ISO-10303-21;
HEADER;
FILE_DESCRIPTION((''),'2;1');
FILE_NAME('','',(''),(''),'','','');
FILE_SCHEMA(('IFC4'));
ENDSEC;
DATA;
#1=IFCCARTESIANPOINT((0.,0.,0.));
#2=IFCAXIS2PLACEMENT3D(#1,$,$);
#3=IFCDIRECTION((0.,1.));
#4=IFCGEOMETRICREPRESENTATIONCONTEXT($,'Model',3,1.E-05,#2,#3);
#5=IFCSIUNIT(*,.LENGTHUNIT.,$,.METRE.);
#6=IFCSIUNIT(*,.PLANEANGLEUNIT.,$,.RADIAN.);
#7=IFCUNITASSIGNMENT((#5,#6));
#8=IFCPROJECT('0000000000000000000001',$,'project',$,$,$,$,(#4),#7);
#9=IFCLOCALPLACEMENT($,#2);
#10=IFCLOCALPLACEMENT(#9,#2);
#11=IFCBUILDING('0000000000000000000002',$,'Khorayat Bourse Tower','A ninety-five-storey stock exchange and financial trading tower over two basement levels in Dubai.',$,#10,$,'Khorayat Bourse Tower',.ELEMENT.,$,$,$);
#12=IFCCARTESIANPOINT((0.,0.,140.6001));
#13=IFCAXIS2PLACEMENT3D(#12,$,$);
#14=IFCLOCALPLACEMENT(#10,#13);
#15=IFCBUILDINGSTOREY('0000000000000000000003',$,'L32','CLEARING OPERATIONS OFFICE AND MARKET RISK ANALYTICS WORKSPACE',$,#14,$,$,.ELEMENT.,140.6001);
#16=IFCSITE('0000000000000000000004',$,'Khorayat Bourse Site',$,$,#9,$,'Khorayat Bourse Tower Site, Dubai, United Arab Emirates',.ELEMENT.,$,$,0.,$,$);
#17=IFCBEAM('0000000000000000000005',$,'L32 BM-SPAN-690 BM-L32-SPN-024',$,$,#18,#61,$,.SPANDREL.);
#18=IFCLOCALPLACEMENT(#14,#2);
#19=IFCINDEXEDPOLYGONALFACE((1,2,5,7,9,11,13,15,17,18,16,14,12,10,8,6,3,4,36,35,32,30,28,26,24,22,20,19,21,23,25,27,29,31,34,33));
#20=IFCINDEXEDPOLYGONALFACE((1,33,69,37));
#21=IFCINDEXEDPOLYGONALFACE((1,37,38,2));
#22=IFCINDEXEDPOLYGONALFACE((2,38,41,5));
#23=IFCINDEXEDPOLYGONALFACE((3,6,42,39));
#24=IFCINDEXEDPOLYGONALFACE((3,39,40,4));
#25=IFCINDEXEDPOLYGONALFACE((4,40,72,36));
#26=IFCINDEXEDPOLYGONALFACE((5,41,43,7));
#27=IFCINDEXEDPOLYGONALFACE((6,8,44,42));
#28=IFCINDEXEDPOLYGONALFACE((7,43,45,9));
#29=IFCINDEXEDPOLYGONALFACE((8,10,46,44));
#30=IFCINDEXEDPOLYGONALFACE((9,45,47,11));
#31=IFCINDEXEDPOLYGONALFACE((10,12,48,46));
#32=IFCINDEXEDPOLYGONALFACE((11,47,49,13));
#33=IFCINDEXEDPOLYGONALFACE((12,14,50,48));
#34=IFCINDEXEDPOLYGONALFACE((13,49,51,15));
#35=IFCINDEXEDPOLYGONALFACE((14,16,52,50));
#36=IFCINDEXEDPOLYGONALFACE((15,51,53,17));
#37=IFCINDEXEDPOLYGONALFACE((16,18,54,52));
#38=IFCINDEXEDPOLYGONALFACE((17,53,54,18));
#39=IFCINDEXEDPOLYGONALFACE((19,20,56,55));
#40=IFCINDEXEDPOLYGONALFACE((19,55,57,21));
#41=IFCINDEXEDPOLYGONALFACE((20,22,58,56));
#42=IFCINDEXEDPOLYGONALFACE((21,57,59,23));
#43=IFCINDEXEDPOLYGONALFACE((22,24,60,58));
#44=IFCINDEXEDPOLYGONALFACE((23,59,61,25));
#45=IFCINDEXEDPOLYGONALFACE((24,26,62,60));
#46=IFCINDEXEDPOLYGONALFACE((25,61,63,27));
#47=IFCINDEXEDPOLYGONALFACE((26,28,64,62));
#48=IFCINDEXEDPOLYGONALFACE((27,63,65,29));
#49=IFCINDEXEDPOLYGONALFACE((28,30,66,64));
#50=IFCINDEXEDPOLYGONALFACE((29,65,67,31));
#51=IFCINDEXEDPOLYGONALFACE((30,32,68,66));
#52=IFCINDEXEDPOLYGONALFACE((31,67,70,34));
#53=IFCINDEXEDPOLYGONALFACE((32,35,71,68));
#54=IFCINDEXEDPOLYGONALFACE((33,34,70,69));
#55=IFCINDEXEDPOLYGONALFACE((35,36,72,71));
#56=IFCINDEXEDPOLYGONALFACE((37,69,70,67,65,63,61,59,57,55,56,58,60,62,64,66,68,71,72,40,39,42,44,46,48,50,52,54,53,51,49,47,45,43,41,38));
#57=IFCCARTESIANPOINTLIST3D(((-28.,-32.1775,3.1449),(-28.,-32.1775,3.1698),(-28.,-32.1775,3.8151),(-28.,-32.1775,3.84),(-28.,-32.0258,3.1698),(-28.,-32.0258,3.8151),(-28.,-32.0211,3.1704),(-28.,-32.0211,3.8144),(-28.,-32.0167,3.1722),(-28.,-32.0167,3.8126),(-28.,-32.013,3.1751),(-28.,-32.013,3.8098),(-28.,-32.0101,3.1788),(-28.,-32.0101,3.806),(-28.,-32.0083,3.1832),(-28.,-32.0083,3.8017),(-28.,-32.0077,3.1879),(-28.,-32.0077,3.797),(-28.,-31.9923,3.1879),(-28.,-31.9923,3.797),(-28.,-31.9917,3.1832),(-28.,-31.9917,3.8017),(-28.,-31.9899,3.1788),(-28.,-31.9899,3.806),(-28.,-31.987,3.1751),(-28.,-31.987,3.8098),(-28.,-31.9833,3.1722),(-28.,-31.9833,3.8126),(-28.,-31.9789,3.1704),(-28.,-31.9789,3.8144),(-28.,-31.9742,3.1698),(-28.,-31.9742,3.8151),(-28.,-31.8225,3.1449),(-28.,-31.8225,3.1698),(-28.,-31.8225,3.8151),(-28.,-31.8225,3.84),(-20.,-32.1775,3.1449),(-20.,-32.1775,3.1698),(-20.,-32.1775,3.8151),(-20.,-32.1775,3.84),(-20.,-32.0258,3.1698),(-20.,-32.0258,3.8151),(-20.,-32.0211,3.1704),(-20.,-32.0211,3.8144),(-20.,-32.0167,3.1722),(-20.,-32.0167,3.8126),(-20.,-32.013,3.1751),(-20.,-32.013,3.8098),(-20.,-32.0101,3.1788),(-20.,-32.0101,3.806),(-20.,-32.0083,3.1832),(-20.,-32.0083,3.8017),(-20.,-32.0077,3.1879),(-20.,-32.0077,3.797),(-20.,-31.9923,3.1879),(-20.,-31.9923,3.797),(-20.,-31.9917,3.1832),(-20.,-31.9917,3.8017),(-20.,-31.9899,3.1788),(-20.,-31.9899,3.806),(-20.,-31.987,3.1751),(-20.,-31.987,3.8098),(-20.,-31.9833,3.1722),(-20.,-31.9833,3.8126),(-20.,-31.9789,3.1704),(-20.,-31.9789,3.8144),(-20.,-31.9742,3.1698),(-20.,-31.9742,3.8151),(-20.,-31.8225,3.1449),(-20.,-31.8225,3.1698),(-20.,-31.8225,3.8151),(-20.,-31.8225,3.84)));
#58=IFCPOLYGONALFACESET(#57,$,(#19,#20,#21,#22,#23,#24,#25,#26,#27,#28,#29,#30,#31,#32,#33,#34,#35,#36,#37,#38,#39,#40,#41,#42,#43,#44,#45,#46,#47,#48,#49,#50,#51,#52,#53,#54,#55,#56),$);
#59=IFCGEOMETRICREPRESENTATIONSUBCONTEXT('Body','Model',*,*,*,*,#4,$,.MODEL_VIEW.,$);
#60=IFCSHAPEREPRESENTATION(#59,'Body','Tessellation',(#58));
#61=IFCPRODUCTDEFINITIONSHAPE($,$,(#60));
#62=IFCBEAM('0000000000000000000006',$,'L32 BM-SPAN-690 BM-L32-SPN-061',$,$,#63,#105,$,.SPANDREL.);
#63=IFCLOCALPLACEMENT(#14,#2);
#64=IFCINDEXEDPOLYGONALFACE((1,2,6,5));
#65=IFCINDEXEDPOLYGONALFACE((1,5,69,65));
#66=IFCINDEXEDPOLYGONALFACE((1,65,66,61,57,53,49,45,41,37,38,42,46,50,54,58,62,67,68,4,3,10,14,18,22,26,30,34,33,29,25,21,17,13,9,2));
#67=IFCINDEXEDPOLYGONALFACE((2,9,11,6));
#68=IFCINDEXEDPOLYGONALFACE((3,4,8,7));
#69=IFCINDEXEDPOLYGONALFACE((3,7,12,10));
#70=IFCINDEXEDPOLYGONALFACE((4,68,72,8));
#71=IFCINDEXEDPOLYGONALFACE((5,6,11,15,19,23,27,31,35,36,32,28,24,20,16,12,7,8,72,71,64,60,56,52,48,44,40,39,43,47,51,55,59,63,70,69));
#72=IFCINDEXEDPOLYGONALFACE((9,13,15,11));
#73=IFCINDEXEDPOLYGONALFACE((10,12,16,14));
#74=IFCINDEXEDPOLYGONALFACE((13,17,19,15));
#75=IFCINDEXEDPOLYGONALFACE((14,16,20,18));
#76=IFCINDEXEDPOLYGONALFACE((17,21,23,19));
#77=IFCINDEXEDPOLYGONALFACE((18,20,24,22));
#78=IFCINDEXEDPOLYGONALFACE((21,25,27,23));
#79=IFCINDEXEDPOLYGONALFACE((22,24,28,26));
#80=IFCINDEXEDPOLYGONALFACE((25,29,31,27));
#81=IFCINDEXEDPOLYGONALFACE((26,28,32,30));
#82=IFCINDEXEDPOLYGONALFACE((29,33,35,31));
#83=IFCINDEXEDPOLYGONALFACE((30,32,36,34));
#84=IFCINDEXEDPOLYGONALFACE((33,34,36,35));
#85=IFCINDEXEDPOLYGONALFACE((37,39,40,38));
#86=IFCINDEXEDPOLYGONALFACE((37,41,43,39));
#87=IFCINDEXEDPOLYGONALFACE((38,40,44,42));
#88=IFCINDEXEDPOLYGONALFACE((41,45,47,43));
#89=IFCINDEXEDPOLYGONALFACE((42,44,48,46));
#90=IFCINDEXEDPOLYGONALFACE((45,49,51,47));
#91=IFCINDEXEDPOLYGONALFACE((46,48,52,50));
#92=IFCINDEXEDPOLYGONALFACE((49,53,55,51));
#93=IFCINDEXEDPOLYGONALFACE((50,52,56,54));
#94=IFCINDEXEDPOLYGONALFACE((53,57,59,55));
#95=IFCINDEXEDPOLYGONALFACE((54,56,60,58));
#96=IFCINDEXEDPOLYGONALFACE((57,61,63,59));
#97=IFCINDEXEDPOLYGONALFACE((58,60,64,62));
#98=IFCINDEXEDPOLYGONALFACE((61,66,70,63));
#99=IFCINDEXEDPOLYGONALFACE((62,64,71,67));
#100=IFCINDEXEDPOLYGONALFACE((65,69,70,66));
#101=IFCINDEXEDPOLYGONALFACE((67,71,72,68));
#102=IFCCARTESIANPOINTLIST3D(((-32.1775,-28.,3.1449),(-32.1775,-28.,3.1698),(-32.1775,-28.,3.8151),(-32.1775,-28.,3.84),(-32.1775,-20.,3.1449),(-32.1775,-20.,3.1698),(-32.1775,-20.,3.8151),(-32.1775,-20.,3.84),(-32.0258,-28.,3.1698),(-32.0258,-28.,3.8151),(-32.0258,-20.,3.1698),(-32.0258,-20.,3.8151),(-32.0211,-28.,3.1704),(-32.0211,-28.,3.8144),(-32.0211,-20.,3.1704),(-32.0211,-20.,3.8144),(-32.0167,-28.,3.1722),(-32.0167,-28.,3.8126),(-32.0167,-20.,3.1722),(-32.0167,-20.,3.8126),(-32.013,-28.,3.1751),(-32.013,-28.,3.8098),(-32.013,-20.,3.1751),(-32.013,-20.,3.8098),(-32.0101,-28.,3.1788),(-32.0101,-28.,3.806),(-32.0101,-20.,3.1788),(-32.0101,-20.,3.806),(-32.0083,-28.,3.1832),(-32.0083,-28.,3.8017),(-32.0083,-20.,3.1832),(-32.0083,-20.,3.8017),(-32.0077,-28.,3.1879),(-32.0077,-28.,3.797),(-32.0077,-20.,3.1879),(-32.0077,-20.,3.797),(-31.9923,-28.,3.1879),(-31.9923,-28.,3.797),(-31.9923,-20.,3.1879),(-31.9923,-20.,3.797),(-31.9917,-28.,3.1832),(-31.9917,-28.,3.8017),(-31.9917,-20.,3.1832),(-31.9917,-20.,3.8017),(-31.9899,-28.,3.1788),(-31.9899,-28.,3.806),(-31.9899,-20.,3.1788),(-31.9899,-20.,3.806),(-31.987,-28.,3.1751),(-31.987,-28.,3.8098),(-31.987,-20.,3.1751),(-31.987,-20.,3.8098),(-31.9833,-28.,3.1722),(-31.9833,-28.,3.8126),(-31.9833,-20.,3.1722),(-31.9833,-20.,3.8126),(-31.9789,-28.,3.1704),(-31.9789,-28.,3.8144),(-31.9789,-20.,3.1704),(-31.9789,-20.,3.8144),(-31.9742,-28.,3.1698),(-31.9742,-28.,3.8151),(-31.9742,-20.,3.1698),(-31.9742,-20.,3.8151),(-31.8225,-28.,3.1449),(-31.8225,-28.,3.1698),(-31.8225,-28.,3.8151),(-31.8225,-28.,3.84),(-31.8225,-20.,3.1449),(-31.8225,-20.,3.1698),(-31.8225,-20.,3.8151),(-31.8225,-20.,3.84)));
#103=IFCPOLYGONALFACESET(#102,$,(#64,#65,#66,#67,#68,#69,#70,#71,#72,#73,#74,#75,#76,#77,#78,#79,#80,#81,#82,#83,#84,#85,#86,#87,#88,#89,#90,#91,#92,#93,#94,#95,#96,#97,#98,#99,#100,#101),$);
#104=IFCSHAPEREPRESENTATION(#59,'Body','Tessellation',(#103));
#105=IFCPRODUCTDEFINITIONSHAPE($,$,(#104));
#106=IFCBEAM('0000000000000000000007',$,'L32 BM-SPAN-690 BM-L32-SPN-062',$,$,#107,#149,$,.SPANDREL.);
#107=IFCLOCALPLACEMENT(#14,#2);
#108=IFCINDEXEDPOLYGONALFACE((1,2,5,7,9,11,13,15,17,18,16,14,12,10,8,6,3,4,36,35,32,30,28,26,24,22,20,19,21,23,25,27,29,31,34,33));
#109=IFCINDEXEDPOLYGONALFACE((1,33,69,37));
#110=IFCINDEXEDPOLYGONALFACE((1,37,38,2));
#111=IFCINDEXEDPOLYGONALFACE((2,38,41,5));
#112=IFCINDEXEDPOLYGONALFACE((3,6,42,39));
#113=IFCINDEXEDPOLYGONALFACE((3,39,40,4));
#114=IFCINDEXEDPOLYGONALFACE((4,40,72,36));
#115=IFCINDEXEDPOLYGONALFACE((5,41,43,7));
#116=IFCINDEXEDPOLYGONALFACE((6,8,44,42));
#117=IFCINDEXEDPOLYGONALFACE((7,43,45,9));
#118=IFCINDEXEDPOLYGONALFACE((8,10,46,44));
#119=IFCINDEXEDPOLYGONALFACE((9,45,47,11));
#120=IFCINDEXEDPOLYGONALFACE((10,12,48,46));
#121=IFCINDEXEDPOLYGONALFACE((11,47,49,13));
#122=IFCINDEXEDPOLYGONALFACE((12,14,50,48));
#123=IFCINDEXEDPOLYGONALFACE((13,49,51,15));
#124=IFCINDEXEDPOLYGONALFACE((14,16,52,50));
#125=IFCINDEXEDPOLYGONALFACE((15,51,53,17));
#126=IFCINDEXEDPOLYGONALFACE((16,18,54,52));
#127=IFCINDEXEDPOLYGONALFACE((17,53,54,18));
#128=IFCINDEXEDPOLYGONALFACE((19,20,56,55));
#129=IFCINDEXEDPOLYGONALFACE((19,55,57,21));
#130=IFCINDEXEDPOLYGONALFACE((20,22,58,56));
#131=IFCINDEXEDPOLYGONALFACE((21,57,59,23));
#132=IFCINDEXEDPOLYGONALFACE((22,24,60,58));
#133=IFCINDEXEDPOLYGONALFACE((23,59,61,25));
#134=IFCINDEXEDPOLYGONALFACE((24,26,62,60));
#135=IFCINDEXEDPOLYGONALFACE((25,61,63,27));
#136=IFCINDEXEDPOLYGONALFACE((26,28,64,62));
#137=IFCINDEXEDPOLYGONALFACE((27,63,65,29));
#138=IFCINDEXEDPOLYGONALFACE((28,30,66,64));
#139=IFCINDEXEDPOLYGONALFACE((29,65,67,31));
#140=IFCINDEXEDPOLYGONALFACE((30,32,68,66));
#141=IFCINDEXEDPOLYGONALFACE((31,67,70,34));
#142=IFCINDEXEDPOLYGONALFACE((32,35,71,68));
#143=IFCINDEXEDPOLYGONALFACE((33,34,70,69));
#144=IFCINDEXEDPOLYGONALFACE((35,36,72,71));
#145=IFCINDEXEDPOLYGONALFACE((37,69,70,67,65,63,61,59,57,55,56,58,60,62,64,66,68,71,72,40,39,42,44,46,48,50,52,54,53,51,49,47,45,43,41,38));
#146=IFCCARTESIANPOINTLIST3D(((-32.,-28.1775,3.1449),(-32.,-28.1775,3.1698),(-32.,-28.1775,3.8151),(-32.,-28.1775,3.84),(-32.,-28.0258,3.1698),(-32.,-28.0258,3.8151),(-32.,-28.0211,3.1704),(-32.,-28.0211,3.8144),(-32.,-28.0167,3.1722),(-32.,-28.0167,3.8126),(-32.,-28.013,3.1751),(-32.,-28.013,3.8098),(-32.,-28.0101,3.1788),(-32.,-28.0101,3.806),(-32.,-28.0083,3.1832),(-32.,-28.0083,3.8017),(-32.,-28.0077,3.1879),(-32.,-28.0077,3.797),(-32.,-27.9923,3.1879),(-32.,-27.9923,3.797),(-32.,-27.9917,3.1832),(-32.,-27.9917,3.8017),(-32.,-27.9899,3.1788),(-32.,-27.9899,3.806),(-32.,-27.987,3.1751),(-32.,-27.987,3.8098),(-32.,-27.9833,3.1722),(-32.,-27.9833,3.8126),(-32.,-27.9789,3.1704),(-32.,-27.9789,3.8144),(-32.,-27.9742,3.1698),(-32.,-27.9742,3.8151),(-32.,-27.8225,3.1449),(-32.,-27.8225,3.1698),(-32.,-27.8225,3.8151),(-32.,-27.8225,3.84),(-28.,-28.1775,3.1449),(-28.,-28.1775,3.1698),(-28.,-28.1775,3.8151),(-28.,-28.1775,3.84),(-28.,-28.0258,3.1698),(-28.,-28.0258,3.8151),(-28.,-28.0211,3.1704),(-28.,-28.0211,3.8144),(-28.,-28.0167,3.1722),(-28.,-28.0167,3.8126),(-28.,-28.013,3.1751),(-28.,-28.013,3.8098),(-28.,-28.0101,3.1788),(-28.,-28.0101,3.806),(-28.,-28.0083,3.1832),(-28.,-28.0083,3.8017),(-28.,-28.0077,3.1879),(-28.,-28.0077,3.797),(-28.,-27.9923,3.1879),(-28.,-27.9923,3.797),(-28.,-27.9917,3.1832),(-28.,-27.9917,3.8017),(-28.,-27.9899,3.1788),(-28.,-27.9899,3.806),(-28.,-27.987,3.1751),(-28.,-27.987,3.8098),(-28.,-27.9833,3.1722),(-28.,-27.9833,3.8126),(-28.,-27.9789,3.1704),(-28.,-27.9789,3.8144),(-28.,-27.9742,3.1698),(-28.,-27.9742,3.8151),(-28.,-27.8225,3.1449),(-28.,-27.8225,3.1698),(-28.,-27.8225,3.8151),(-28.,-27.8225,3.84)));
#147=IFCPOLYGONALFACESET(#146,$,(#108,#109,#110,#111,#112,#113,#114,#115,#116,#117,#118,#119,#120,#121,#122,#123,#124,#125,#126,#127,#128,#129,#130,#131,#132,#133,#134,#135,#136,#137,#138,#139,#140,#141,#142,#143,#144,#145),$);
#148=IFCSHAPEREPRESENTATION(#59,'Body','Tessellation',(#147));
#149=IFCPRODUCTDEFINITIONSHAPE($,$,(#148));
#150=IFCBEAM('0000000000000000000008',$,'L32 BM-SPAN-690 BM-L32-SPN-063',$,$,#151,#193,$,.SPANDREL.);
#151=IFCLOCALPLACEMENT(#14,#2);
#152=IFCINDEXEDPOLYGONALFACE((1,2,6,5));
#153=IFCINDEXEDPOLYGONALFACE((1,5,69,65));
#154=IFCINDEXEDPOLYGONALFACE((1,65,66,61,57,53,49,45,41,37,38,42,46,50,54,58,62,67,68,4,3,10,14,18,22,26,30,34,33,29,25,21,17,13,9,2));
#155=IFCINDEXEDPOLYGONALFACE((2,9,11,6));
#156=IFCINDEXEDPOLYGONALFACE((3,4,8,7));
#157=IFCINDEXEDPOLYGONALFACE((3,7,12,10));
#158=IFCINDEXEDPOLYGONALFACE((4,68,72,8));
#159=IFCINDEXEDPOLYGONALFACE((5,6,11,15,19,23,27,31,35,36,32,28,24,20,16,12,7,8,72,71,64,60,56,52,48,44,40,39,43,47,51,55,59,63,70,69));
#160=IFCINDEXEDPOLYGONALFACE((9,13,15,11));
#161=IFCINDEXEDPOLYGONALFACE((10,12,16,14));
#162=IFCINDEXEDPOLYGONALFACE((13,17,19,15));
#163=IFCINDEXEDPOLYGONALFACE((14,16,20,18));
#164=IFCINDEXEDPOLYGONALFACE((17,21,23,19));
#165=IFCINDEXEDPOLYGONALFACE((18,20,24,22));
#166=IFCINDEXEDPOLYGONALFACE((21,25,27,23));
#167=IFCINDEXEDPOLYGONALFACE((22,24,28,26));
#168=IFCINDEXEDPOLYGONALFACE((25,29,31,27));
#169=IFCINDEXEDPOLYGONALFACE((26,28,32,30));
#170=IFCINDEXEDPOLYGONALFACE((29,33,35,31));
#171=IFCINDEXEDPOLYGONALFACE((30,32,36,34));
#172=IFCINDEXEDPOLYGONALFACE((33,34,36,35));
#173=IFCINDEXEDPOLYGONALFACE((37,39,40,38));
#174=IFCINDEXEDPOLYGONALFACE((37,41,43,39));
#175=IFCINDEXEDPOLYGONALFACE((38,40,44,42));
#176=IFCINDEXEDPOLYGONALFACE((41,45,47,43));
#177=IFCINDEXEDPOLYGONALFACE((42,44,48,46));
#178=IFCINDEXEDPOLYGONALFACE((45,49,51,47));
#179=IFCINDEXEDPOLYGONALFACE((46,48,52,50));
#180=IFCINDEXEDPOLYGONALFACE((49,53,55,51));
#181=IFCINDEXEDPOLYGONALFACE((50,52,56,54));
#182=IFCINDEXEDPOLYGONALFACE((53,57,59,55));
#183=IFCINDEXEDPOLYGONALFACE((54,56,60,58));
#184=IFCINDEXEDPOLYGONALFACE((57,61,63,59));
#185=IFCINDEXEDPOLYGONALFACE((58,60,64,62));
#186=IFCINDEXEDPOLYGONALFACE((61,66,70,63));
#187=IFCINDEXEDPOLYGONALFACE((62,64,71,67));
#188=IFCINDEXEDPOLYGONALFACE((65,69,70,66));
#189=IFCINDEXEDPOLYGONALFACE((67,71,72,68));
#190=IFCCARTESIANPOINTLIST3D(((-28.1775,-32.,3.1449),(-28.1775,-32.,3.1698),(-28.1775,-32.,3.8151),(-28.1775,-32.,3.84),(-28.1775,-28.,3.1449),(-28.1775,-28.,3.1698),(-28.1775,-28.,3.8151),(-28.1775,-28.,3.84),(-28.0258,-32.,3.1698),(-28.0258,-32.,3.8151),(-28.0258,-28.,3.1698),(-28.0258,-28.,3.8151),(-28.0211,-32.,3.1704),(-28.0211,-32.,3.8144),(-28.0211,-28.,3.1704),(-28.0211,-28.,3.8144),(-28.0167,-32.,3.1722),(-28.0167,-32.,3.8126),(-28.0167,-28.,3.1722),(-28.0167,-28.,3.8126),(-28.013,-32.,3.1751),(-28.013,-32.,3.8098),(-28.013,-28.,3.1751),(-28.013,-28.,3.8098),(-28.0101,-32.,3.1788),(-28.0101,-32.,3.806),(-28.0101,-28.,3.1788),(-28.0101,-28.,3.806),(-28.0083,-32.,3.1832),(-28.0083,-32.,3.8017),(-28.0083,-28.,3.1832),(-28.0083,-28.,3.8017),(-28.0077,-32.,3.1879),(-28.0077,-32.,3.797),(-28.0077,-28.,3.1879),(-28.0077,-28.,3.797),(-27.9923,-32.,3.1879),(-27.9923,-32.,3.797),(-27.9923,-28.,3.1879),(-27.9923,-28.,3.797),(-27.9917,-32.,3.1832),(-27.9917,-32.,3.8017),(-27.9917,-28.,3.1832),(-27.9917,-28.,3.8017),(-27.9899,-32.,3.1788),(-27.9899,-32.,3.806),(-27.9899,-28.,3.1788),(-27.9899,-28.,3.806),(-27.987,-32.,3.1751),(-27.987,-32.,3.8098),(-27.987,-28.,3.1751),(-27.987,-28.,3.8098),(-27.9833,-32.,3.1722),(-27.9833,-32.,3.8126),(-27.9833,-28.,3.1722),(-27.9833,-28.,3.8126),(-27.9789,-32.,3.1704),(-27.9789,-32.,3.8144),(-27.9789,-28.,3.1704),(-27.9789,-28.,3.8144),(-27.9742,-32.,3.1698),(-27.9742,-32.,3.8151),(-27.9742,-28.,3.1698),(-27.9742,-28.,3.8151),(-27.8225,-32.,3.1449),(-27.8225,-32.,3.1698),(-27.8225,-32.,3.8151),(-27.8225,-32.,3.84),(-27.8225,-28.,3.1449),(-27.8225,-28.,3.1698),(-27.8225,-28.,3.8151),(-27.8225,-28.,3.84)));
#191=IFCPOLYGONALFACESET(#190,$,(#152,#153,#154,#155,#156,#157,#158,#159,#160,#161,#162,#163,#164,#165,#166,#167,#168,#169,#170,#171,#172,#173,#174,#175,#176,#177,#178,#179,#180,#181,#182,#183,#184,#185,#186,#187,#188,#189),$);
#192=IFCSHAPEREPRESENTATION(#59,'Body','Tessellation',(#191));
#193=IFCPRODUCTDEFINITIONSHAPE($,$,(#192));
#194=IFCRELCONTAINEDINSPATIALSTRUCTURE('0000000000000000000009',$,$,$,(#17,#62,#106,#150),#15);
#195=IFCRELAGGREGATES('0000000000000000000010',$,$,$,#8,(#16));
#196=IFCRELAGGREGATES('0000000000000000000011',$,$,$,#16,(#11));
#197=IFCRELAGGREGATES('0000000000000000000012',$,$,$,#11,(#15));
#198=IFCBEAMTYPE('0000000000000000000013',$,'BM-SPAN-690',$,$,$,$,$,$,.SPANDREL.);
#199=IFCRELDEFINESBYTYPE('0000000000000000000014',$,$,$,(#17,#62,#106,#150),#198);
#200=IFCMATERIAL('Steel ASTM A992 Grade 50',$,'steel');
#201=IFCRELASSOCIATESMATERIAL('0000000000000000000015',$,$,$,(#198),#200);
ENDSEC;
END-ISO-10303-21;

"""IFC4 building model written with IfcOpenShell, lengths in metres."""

from ifc_helpers import new_model, si_unit, direction, frame, origin, origin_2d, place, context, subcontext, project, spatial, i_section, extrude, source, transform, mapped, material, material_profile, profile_set, type_object, element, save


model = new_model("IFC4")

# Units and contexts
model_context = context("Model", 3, precision=1e-05, world=origin(), true_north=direction((0.0, 1.0)))
body_context = subcontext(model_context, "Body", "Model", "MODEL_VIEW")
ifc_project = project(units=[si_unit("LENGTHUNIT", "METRE"), si_unit("PLANEANGLEUNIT", "RADIAN")], contexts=[model_context])

# Site, building, storey
site_placement = place(None, origin())
site = spatial("IfcSite", under=ifc_project, at=site_placement, Name="Khorayat Bourse Site", LongName="Khorayat Bourse Tower Site, Dubai, United Arab Emirates", CompositionType="ELEMENT", RefElevation=0.0)
building_placement = place(site_placement, origin())
building = spatial("IfcBuilding", under=site, at=building_placement, Name="Khorayat Bourse Tower", Description="A ninety-five-storey stock exchange and financial trading tower over two basement levels in Dubai.", LongName="Khorayat Bourse Tower", CompositionType="ELEMENT")
storey_placement = place(building_placement, frame((0.0, 0.0, 140.6001)))
storey = spatial("IfcBuildingStorey", under=building, at=storey_placement, Name="L32", Description="CLEARING OPERATIONS OFFICE AND MARKET RISK ANALYTICS WORKSPACE", CompositionType="ELEMENT", Elevation=140.6001)

# Beams
ifc_material_1 = material(Name="Steel ASTM A992 Grade 50", Category="steel")
ifc_material_profile_1 = material_profile(ifc_material_1, i_section(OverallWidth=0.355, OverallDepth=0.6951, WebThickness=0.0154, FlangeThickness=0.0249, FilletRadius=0.0181, at=origin_2d()), Name="W690X217")
ifc_profile_set_1 = profile_set([ifc_material_profile_1], Name="Steel ASTM A992 Grade 50")
beam_type_1 = type_object("IfcBeamType", Name="BM-SPAN-690", PredefinedType="SPANDREL", material=ifc_profile_set_1)
shared_shape_1 = source(origin(), body_context, "Body", "SweptSolid", [
    extrude(i_section(OverallWidth=0.355, OverallDepth=0.6951, WebThickness=0.0154, FlangeThickness=0.0249, FilletRadius=0.0181, at=origin_2d()), origin(), (0.0, 0.0, 1.0), 8.0),
])
for number, where, z_axis, x_axis, name in (
    (1, (-28.0, -32.0, 3.4924), (1.0, 0.0, 0.0), (0.0, 1.0, 0.0), "L32 BM-SPAN-690 BM-L32-SPN-024"),
    (2, (-32.0, -28.0, 3.4924), (0.0, 1.0, 0.0), (-1.0, 0.0, 0.0), "L32 BM-SPAN-690 BM-L32-SPN-061"),
):
    element("IfcBeam", number, at=place(storey_placement, frame(where, z_axis=z_axis, x_axis=x_axis)), inside=storey, type_object=beam_type_1, Name=name, PredefinedType="SPANDREL", context=body_context, shape_type="MappedRepresentation", body=[
        mapped(shared_shape_1, transform((0.0, 0.0, 0.0), scale=1.0)),
    ])
shared_shape_2 = source(origin(), body_context, "Body", "SweptSolid", [
    extrude(i_section(OverallWidth=0.355, OverallDepth=0.6951, WebThickness=0.0154, FlangeThickness=0.0249, FilletRadius=0.0181, at=origin_2d()), origin(), (0.0, 0.0, 1.0), 4.0),
])
for number, where, z_axis, x_axis, name in (
    (3, (-32.0, -28.0, 3.4924), (1.0, 0.0, 0.0), (0.0, 1.0, 0.0), "L32 BM-SPAN-690 BM-L32-SPN-062"),
    (4, (-28.0, -32.0, 3.4924), (0.0, 1.0, 0.0), (-1.0, 0.0, 0.0), "L32 BM-SPAN-690 BM-L32-SPN-063"),
):
    element("IfcBeam", number, at=place(storey_placement, frame(where, z_axis=z_axis, x_axis=x_axis)), inside=storey, type_object=beam_type_1, Name=name, PredefinedType="SPANDREL", context=body_context, shape_type="MappedRepresentation", body=[
        mapped(shared_shape_2, transform((0.0, 0.0, 0.0), scale=1.0)),
    ])

save(model, "model.ifc")
